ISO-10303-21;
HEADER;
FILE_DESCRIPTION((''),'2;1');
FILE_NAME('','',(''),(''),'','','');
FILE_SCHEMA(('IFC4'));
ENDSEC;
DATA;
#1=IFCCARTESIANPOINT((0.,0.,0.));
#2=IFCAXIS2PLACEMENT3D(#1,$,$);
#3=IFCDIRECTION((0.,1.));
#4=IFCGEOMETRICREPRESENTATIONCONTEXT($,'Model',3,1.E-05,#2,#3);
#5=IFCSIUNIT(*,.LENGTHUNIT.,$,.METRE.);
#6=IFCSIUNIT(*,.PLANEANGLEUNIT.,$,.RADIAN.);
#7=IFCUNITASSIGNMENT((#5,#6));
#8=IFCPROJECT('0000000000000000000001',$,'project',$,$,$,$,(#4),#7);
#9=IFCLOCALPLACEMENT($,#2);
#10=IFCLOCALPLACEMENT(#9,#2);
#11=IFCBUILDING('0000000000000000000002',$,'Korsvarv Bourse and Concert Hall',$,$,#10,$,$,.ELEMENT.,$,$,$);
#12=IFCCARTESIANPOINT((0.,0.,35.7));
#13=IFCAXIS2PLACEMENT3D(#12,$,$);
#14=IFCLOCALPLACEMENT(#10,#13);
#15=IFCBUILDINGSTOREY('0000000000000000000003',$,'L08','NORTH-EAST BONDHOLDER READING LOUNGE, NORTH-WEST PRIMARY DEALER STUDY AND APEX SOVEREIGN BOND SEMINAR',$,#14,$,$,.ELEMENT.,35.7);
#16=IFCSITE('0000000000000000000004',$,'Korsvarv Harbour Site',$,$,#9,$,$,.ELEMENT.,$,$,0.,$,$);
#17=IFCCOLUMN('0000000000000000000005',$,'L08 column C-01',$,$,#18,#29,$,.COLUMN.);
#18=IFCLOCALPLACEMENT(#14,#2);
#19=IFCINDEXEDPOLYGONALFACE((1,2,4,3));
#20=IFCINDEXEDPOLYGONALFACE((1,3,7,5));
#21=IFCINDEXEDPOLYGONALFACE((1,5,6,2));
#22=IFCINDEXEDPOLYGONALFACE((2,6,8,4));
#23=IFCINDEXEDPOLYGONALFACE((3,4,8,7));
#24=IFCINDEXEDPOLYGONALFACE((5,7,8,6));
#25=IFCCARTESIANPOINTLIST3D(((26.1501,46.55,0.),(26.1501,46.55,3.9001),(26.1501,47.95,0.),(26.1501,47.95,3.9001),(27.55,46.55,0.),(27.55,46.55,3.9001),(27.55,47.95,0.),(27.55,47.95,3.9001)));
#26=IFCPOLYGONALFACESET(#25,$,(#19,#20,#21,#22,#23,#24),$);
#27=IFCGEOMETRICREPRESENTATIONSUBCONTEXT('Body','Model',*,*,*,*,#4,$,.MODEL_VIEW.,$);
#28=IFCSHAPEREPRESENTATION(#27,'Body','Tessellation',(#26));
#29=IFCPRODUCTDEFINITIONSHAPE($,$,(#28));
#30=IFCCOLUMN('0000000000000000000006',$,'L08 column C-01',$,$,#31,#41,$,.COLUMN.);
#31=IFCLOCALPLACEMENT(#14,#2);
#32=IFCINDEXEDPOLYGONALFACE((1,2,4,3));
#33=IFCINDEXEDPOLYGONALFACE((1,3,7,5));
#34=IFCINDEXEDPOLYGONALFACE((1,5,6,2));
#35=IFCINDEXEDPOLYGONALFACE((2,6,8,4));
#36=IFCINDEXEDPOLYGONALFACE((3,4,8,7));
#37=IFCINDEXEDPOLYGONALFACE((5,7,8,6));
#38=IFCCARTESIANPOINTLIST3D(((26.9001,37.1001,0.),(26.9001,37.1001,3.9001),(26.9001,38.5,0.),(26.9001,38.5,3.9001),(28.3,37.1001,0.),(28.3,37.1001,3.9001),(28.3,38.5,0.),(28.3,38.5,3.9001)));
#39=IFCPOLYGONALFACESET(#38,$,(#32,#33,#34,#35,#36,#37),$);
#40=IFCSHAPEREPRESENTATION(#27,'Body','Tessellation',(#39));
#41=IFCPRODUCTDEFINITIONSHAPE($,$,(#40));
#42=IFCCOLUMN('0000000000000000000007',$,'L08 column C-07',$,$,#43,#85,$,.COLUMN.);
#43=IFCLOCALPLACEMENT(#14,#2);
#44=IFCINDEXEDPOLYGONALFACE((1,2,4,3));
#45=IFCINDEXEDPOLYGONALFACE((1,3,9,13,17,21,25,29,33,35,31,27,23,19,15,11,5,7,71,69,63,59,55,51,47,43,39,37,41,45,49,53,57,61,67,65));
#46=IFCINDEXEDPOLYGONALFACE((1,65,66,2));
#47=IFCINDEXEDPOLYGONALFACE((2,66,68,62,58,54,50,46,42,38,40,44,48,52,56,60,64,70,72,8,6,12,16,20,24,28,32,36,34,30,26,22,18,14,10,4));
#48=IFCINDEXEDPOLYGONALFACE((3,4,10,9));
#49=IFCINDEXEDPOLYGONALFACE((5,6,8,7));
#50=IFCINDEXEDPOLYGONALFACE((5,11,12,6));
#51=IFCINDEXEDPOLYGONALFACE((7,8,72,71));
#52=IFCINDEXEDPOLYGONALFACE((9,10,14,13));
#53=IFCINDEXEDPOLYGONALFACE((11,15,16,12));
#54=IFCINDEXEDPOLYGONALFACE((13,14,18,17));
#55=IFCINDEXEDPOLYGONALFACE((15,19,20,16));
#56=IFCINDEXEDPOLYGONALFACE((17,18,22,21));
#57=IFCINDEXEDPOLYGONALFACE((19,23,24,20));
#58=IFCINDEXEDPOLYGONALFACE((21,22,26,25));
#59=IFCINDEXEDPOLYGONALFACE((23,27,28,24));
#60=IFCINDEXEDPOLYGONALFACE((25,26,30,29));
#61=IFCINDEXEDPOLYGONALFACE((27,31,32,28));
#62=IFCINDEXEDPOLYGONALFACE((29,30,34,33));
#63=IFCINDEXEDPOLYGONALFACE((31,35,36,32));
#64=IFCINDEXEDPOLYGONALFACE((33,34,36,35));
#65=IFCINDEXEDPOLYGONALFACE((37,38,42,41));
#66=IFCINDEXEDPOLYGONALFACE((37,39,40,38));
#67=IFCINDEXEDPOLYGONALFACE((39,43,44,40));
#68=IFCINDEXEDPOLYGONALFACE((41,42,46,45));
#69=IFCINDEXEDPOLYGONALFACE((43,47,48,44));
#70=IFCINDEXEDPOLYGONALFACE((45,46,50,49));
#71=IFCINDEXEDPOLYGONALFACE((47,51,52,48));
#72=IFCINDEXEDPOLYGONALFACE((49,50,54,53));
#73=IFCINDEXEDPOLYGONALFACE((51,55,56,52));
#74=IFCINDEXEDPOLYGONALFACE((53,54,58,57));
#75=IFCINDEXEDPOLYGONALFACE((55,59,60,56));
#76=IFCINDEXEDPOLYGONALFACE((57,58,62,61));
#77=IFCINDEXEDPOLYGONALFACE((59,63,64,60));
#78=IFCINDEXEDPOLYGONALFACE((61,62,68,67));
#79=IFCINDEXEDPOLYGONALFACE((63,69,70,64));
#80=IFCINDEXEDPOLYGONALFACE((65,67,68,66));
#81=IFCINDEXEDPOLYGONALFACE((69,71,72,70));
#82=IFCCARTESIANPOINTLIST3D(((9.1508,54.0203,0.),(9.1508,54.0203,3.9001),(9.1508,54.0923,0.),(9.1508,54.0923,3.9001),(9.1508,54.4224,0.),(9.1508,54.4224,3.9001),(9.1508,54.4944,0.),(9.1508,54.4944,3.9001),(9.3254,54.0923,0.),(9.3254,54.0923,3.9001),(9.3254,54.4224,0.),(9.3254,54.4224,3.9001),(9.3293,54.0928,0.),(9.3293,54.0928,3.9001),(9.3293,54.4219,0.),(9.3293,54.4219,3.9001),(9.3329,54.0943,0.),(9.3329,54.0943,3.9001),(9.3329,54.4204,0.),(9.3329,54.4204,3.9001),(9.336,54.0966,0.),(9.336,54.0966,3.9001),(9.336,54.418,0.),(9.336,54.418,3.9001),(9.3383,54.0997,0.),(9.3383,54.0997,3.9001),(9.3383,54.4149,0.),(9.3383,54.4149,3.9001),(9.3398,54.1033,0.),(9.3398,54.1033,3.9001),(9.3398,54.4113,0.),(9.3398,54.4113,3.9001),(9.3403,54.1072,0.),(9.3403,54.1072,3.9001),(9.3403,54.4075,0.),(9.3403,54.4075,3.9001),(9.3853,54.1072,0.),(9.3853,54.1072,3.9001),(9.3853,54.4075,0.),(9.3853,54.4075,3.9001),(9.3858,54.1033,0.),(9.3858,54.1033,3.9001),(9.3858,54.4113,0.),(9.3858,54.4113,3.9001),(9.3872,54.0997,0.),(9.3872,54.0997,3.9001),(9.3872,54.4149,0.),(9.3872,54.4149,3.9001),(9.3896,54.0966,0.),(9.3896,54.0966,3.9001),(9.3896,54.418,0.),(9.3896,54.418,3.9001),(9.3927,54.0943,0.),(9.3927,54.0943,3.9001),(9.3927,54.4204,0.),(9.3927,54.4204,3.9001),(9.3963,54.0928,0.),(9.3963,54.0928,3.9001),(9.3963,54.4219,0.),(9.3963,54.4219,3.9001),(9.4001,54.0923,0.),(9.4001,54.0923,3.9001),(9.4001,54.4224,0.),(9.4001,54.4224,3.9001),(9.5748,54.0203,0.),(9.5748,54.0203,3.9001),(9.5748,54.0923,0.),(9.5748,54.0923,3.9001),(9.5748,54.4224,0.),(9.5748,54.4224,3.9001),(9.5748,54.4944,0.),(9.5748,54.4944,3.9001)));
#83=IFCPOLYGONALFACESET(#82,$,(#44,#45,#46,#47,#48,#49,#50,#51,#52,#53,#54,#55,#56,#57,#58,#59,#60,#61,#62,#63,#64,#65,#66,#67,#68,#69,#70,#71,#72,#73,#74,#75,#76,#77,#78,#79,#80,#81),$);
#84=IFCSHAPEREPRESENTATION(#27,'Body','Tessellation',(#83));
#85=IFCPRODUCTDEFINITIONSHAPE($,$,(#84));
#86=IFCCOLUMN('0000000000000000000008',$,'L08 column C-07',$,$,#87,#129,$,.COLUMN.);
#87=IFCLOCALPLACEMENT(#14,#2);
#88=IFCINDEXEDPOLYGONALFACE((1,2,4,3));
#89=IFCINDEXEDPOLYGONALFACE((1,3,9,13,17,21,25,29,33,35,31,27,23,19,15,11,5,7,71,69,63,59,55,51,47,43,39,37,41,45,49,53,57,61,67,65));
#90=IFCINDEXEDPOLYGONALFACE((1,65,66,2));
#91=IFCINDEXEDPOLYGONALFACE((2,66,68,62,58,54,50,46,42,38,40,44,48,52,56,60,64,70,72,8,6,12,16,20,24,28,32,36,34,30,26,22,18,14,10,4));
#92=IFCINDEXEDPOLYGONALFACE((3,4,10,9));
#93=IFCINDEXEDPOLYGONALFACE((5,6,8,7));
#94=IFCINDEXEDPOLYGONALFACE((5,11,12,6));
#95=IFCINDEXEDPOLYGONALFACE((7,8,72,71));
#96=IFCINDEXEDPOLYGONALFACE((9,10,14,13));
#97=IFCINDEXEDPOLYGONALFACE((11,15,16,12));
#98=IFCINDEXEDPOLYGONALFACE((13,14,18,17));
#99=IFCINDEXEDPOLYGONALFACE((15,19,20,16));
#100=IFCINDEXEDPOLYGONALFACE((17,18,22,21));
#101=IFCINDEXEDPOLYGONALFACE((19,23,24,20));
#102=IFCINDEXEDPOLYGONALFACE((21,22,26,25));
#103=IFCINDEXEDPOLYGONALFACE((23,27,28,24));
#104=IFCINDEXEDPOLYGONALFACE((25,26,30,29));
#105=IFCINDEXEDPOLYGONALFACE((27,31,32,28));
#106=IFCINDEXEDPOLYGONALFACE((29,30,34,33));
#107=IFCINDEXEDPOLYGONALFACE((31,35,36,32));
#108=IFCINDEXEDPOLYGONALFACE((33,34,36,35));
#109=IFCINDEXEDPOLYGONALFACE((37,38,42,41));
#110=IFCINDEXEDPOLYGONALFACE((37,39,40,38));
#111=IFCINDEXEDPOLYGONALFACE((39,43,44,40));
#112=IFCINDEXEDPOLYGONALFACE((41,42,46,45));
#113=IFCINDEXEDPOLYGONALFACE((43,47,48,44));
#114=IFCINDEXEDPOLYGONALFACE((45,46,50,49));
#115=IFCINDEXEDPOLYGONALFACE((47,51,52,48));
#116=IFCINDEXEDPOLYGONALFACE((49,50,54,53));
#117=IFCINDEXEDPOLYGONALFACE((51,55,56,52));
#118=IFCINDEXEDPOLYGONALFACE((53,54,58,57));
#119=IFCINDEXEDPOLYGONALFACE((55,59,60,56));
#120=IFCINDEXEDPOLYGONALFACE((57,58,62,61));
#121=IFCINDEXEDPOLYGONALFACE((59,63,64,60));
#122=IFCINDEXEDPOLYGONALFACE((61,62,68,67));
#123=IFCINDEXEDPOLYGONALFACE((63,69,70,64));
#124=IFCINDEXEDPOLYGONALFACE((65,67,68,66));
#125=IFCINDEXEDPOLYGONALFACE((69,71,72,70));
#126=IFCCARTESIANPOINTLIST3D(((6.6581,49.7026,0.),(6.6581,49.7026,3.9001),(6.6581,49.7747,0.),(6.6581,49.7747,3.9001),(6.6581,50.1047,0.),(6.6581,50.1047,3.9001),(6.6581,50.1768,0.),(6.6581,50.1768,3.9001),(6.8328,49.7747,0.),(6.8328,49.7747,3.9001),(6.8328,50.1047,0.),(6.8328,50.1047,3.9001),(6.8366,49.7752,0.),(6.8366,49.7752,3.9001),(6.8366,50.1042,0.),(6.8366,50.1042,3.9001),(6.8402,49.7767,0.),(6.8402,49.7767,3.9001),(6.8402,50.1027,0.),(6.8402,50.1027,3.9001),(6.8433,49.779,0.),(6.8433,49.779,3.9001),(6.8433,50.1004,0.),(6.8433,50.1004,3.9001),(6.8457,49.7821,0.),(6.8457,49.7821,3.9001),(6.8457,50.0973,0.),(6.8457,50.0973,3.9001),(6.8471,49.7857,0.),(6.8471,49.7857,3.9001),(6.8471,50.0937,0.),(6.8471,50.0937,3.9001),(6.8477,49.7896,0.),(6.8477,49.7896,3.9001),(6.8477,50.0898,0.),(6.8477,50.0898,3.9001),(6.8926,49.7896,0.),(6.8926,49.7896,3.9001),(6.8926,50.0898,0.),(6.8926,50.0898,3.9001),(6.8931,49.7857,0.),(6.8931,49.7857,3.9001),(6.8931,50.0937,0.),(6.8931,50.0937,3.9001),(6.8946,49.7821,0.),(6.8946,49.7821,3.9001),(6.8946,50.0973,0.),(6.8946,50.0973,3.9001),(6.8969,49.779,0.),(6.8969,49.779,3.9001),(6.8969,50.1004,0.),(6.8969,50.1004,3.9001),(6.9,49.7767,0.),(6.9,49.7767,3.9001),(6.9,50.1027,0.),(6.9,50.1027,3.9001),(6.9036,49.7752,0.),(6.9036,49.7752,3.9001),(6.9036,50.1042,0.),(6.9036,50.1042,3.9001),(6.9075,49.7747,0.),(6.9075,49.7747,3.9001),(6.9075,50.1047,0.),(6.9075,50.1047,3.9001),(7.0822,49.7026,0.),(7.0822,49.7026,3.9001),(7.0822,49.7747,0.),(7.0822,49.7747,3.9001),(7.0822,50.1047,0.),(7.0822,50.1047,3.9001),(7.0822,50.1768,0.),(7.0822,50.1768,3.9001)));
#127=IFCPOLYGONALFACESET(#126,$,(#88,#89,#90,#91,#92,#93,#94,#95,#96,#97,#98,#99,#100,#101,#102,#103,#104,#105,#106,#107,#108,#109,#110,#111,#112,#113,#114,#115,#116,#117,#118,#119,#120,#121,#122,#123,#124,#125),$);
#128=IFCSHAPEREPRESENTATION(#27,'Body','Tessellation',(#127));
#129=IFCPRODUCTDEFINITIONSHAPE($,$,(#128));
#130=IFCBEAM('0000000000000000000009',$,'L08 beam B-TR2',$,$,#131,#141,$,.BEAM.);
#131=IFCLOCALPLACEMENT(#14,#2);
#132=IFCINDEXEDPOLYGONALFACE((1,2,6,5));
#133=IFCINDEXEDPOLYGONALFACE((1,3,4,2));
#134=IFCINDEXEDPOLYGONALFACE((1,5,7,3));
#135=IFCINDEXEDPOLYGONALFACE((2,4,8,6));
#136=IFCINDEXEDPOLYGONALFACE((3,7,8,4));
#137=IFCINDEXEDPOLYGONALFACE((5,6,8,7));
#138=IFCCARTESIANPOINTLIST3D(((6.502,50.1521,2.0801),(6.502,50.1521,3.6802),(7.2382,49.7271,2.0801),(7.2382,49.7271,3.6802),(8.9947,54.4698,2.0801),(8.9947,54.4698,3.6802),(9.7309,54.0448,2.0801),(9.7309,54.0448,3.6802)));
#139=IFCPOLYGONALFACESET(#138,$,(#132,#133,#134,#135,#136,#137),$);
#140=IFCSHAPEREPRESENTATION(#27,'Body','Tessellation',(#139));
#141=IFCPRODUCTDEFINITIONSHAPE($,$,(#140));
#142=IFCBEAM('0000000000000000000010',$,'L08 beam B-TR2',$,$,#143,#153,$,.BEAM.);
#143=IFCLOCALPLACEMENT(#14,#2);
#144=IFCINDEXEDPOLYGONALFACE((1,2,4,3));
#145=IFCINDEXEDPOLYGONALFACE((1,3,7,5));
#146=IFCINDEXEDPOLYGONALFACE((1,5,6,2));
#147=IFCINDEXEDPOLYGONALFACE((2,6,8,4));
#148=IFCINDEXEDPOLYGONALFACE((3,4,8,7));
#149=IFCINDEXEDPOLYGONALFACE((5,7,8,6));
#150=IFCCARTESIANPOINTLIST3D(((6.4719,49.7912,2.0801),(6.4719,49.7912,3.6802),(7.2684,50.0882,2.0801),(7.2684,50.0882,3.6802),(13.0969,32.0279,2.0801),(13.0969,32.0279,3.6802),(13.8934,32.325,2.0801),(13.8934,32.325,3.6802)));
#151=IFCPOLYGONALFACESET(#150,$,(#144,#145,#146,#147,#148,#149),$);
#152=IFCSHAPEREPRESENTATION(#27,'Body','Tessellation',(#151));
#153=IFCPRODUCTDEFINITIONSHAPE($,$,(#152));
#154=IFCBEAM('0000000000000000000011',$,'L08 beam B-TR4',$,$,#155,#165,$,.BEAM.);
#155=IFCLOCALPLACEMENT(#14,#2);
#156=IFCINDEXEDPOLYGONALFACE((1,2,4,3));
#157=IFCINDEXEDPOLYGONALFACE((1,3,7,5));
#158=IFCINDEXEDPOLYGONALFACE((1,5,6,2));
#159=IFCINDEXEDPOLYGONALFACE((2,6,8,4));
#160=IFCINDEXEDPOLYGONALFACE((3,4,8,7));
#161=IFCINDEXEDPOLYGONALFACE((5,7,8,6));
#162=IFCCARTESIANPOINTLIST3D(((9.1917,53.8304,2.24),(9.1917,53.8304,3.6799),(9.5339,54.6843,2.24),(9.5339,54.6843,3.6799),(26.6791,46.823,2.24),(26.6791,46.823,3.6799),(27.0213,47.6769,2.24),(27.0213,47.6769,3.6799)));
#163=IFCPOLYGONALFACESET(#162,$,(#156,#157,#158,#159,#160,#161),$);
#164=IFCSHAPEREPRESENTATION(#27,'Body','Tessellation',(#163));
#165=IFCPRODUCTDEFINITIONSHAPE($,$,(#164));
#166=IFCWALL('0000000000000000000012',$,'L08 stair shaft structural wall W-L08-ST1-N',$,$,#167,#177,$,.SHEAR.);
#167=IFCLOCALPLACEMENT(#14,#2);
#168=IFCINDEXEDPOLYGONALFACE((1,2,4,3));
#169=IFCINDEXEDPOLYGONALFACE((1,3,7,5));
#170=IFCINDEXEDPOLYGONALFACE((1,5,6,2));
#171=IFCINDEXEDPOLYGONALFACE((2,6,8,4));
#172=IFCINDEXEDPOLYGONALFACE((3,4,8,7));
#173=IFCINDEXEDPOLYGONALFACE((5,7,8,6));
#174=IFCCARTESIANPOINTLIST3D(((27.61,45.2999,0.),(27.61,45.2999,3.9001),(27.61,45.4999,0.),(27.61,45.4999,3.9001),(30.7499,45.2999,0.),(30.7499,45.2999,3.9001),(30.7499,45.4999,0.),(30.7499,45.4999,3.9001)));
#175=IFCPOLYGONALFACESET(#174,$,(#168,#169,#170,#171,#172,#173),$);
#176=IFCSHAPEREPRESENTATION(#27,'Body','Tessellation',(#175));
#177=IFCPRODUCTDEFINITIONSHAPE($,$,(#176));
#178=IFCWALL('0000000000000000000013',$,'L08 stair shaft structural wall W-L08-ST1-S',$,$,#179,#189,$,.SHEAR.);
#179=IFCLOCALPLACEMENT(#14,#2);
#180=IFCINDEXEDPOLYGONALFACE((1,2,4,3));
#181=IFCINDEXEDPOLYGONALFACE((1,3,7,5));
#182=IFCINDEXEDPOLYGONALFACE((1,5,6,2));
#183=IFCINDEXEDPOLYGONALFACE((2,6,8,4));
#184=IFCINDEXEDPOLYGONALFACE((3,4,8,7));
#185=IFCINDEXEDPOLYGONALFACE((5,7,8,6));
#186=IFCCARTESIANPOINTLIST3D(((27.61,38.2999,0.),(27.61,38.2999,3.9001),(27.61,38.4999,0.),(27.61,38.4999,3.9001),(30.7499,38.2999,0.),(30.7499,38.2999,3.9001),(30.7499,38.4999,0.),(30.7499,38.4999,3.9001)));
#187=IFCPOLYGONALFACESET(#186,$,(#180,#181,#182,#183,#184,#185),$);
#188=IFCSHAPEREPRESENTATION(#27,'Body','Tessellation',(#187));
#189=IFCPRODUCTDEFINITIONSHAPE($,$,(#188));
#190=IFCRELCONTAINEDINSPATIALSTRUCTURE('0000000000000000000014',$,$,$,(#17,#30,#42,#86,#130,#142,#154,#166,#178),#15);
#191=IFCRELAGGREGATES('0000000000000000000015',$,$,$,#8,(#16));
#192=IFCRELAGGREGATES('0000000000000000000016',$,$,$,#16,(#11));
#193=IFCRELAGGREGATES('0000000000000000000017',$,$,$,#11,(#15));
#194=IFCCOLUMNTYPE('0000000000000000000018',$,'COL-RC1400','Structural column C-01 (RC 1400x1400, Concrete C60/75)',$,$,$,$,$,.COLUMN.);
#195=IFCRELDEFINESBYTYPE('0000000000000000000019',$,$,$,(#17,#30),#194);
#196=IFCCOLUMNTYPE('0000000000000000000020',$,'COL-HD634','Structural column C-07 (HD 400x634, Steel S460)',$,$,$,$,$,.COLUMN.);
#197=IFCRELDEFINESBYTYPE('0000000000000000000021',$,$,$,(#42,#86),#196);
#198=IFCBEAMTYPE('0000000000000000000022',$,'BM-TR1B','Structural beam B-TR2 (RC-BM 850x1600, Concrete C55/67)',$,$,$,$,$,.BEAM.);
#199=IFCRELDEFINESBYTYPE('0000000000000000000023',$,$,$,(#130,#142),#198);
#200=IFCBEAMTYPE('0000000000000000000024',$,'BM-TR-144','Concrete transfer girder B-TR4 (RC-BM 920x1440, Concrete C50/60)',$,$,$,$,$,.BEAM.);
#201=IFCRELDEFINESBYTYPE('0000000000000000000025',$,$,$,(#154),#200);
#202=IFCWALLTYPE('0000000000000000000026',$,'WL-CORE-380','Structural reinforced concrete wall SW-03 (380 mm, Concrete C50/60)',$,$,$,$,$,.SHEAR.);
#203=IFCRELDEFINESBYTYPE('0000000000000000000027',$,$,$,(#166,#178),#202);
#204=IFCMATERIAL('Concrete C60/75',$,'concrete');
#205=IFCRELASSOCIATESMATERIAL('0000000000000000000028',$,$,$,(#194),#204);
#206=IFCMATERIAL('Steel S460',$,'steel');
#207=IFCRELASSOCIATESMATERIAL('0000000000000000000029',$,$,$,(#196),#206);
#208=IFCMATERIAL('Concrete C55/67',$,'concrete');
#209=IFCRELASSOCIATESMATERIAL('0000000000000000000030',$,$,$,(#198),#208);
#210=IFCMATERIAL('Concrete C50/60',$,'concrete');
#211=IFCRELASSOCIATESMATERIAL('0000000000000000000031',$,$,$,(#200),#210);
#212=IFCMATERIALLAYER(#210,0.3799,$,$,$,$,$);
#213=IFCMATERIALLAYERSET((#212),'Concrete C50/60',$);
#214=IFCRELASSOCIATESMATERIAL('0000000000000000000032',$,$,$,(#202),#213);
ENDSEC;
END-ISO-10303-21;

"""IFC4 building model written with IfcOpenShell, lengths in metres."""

from ifc_helpers import new_model, si_unit, direction, frame, frame_2d, origin, origin_2d, place, context, subcontext, project, spatial, rectangle, i_section, extrude, source, transform, mapped, material, layer, layer_set, material_profile, profile_set, type_object, element, save


model = new_model("IFC4")

# Units and contexts
model_context = context("Model", 3, precision=1e-05, world=origin(), true_north=direction((0.0, 1.0)))
body_context = subcontext(model_context, "Body", "Model", "MODEL_VIEW")
ifc_project = project(units=[si_unit("LENGTHUNIT", "METRE"), si_unit("PLANEANGLEUNIT", "RADIAN")], contexts=[model_context])

# Site, building, storey
site_placement = place(None, origin())
site = spatial("IfcSite", under=ifc_project, at=site_placement, Name="Korsvarv Harbour Site", CompositionType="ELEMENT", RefElevation=0.0)
building_placement = place(site_placement, origin())
building = spatial("IfcBuilding", under=site, at=building_placement, Name="Korsvarv Bourse and Concert Hall", CompositionType="ELEMENT")
storey_placement = place(building_placement, frame((0.0, 0.0, 35.7)))
storey = spatial("IfcBuildingStorey", under=building, at=storey_placement, Name="L08", Description="NORTH-EAST BONDHOLDER READING LOUNGE, NORTH-WEST PRIMARY DEALER STUDY AND APEX SOVEREIGN BOND SEMINAR", CompositionType="ELEMENT", Elevation=35.7)

# Columns
ifc_material_1 = material(Name="Concrete C60/75", Category="concrete")
ifc_material_profile_1 = material_profile(ifc_material_1, rectangle(XDim=1.3999, YDim=1.3999, at=origin_2d()), Name="RC 1400x1400")
ifc_profile_set_1 = profile_set([ifc_material_profile_1], Name="Concrete C60/75")
column_type_1 = type_object("IfcColumnType", Name="COL-RC1400", Description="Structural column C-01 (RC 1400x1400, Concrete C60/75)", PredefinedType="COLUMN", material=ifc_profile_set_1)
shared_shape_1 = source(origin(), body_context, "Body", "SweptSolid", [
    extrude(rectangle(XDim=1.3999, YDim=1.3999, at=origin_2d()), origin(), (0.0, 0.0, 1.0), 3.9001),
])
for number, where, z_axis, x_axis, name in (
    (1, (26.8501, 47.25, 0.0), (0.0, 0.0, 1.0), (1.0, 0.0, 0.0), "L08 column C-01"),
    (2, (27.6001, 37.8, 0.0), (0.0, 0.0, 1.0), (1.0, 0.0, 0.0), "L08 column C-01"),
):
    element("IfcColumn", number, at=place(storey_placement, frame(where, z_axis=z_axis, x_axis=x_axis)), inside=storey, type_object=column_type_1, Name=name, PredefinedType="COLUMN", context=body_context, shape_type="MappedRepresentation", body=[
        mapped(shared_shape_1, transform((0.0, 0.0, 0.0), scale=1.0)),
    ])
ifc_material_2 = material(Name="Steel S460", Category="steel")
ifc_material_profile_2 = material_profile(ifc_material_2, i_section(OverallWidth=0.4241, OverallDepth=0.4741, WebThickness=0.0449, FlangeThickness=0.072, FilletRadius=0.0149, at=origin_2d()), Name="HD 400x634")
ifc_profile_set_2 = profile_set([ifc_material_profile_2], Name="Steel S460")
column_type_2 = type_object("IfcColumnType", Name="COL-HD634", Description="Structural column C-07 (HD 400x634, Steel S460)", PredefinedType="COLUMN", material=ifc_profile_set_2)
shared_shape_2 = source(origin(), body_context, "Body", "SweptSolid", [
    extrude(i_section(OverallWidth=0.4241, OverallDepth=0.4741, WebThickness=0.0449, FlangeThickness=0.072, FilletRadius=0.0149, at=origin_2d()), origin(), (0.0, 0.0, 1.0), 3.9001),
])
for number, where, z_axis, x_axis, name in (
    (3, (9.3628, 54.2573, 0.0), (0.0, 0.0, 1.0), (1.0, 0.0, 0.0), "L08 column C-07"),
    (4, (6.8701, 49.9397, 0.0), (0.0, 0.0, 1.0), (1.0, 0.0, 0.0), "L08 column C-07"),
):
    element("IfcColumn", number, at=place(storey_placement, frame(where, z_axis=z_axis, x_axis=x_axis)), inside=storey, type_object=column_type_2, Name=name, PredefinedType="COLUMN", context=body_context, shape_type="MappedRepresentation", body=[
        mapped(shared_shape_2, transform((0.0, 0.0, 0.0), scale=1.0)),
    ])

# Beams
ifc_material_3 = material(Name="Concrete C55/67", Category="concrete")
ifc_material_profile_3 = material_profile(ifc_material_3, rectangle(XDim=0.8501, YDim=1.6001, at=origin_2d()), Name="RC-BM 850x1600")
ifc_profile_set_3 = profile_set([ifc_material_profile_3], Name="Concrete C55/67")
beam_type_1 = type_object("IfcBeamType", Name="BM-TR1B", Description="Structural beam B-TR2 (RC-BM 850x1600, Concrete C55/67)", PredefinedType="BEAM", material=ifc_profile_set_3)
shared_shape_3 = source(origin(), body_context, "Body", "SweptSolid", [
    extrude(rectangle(XDim=0.8501, YDim=1.6001, at=origin_2d()), origin(), (0.0, 0.0, 1.0), 4.9856),
])
beam_1_placement = place(storey_placement, frame((9.3628, 54.2573, 2.8801), z_axis=(-0.499984, -0.866035, 0.0), x_axis=(0.866035, -0.499984, 0.0)))
element("IfcBeam", 5, at=beam_1_placement, inside=storey, type_object=beam_type_1, Name="L08 beam B-TR2", PredefinedType="BEAM", context=body_context, shape_type="MappedRepresentation", body=[
    mapped(shared_shape_3, transform((0.0, 0.0, 0.0), scale=1.0)),
])
shared_shape_4 = source(origin(), body_context, "Body", "SweptSolid", [
    extrude(rectangle(XDim=0.8501, YDim=1.6001, at=origin_2d()), origin(), (0.0, 0.0, 1.0), 18.9585),
])
beam_2_placement = place(storey_placement, frame((6.8701, 49.9397, 2.8801), z_axis=(0.349449, -0.936955, 0.0), x_axis=(0.936955, 0.349449, 0.0)))
element("IfcBeam", 6, at=beam_2_placement, inside=storey, type_object=beam_type_1, Name="L08 beam B-TR2", PredefinedType="BEAM", context=body_context, shape_type="MappedRepresentation", body=[
    mapped(shared_shape_4, transform((0.0, 0.0, 0.0), scale=1.0)),
])
ifc_material_4 = material(Name="Concrete C50/60", Category="concrete")
ifc_material_profile_4 = material_profile(ifc_material_4, rectangle(XDim=0.9199, YDim=1.4399, at=origin_2d()), Name="RC-BM 920x1440")
ifc_profile_set_4 = profile_set([ifc_material_profile_4], Name="Concrete C50/60")
beam_type_2 = type_object("IfcBeamType", Name="BM-TR-144", Description="Concrete transfer girder B-TR4 (RC-BM 920x1440, Concrete C50/60)", PredefinedType="BEAM", material=ifc_profile_set_4)
shared_shape_5 = source(origin(), body_context, "Body", "SweptSolid", [
    extrude(rectangle(XDim=0.9199, YDim=1.4399, at=origin_2d()), origin(), (0.0, 0.0, 1.0), 18.8391),
])
beam_3_placement = place(storey_placement, frame((9.3628, 54.2573, 2.96), z_axis=(0.92825, -0.371958, 0.0), x_axis=(0.371958, 0.92825, 0.0)))
element("IfcBeam", 7, at=beam_3_placement, inside=storey, type_object=beam_type_2, Name="L08 beam B-TR4", PredefinedType="BEAM", context=body_context, shape_type="MappedRepresentation", body=[
    mapped(shared_shape_5, transform((0.0, 0.0, 0.0), scale=1.0)),
])

# Walls
ifc_layer_1 = layer(ifc_material_4, 0.3799)
ifc_layer_set_1 = layer_set([ifc_layer_1], Name="Concrete C50/60")
wall_type_1 = type_object("IfcWallType", Name="WL-CORE-380", Description="Structural reinforced concrete wall SW-03 (380 mm, Concrete C50/60)", PredefinedType="SHEAR", material=ifc_layer_set_1)
for number, where, z_axis, x_axis, name in (
    (8, (27.6101, 45.3999, 0.0), (0.0, 0.0, 1.0), (1.0, 0.0, 0.0), "L08 stair shaft structural wall W-L08-ST1-N"),
    (9, (27.6101, 38.3999, 0.0), (0.0, 0.0, 1.0), (1.0, 0.0, 0.0), "L08 stair shaft structural wall W-L08-ST1-S"),
):
    element("IfcWall", number, at=place(storey_placement, frame(where, z_axis=z_axis, x_axis=x_axis)), inside=storey, type_object=wall_type_1, Name=name, PredefinedType="SHEAR", context=body_context, shape_type="SweptSolid", body=[
        extrude(rectangle(XDim=3.1399, YDim=0.2, at=frame_2d((1.5698, 0.0))), origin(), (0.0, 0.0, 1.0), 3.9001),
    ])

save(model, "model.ifc")
